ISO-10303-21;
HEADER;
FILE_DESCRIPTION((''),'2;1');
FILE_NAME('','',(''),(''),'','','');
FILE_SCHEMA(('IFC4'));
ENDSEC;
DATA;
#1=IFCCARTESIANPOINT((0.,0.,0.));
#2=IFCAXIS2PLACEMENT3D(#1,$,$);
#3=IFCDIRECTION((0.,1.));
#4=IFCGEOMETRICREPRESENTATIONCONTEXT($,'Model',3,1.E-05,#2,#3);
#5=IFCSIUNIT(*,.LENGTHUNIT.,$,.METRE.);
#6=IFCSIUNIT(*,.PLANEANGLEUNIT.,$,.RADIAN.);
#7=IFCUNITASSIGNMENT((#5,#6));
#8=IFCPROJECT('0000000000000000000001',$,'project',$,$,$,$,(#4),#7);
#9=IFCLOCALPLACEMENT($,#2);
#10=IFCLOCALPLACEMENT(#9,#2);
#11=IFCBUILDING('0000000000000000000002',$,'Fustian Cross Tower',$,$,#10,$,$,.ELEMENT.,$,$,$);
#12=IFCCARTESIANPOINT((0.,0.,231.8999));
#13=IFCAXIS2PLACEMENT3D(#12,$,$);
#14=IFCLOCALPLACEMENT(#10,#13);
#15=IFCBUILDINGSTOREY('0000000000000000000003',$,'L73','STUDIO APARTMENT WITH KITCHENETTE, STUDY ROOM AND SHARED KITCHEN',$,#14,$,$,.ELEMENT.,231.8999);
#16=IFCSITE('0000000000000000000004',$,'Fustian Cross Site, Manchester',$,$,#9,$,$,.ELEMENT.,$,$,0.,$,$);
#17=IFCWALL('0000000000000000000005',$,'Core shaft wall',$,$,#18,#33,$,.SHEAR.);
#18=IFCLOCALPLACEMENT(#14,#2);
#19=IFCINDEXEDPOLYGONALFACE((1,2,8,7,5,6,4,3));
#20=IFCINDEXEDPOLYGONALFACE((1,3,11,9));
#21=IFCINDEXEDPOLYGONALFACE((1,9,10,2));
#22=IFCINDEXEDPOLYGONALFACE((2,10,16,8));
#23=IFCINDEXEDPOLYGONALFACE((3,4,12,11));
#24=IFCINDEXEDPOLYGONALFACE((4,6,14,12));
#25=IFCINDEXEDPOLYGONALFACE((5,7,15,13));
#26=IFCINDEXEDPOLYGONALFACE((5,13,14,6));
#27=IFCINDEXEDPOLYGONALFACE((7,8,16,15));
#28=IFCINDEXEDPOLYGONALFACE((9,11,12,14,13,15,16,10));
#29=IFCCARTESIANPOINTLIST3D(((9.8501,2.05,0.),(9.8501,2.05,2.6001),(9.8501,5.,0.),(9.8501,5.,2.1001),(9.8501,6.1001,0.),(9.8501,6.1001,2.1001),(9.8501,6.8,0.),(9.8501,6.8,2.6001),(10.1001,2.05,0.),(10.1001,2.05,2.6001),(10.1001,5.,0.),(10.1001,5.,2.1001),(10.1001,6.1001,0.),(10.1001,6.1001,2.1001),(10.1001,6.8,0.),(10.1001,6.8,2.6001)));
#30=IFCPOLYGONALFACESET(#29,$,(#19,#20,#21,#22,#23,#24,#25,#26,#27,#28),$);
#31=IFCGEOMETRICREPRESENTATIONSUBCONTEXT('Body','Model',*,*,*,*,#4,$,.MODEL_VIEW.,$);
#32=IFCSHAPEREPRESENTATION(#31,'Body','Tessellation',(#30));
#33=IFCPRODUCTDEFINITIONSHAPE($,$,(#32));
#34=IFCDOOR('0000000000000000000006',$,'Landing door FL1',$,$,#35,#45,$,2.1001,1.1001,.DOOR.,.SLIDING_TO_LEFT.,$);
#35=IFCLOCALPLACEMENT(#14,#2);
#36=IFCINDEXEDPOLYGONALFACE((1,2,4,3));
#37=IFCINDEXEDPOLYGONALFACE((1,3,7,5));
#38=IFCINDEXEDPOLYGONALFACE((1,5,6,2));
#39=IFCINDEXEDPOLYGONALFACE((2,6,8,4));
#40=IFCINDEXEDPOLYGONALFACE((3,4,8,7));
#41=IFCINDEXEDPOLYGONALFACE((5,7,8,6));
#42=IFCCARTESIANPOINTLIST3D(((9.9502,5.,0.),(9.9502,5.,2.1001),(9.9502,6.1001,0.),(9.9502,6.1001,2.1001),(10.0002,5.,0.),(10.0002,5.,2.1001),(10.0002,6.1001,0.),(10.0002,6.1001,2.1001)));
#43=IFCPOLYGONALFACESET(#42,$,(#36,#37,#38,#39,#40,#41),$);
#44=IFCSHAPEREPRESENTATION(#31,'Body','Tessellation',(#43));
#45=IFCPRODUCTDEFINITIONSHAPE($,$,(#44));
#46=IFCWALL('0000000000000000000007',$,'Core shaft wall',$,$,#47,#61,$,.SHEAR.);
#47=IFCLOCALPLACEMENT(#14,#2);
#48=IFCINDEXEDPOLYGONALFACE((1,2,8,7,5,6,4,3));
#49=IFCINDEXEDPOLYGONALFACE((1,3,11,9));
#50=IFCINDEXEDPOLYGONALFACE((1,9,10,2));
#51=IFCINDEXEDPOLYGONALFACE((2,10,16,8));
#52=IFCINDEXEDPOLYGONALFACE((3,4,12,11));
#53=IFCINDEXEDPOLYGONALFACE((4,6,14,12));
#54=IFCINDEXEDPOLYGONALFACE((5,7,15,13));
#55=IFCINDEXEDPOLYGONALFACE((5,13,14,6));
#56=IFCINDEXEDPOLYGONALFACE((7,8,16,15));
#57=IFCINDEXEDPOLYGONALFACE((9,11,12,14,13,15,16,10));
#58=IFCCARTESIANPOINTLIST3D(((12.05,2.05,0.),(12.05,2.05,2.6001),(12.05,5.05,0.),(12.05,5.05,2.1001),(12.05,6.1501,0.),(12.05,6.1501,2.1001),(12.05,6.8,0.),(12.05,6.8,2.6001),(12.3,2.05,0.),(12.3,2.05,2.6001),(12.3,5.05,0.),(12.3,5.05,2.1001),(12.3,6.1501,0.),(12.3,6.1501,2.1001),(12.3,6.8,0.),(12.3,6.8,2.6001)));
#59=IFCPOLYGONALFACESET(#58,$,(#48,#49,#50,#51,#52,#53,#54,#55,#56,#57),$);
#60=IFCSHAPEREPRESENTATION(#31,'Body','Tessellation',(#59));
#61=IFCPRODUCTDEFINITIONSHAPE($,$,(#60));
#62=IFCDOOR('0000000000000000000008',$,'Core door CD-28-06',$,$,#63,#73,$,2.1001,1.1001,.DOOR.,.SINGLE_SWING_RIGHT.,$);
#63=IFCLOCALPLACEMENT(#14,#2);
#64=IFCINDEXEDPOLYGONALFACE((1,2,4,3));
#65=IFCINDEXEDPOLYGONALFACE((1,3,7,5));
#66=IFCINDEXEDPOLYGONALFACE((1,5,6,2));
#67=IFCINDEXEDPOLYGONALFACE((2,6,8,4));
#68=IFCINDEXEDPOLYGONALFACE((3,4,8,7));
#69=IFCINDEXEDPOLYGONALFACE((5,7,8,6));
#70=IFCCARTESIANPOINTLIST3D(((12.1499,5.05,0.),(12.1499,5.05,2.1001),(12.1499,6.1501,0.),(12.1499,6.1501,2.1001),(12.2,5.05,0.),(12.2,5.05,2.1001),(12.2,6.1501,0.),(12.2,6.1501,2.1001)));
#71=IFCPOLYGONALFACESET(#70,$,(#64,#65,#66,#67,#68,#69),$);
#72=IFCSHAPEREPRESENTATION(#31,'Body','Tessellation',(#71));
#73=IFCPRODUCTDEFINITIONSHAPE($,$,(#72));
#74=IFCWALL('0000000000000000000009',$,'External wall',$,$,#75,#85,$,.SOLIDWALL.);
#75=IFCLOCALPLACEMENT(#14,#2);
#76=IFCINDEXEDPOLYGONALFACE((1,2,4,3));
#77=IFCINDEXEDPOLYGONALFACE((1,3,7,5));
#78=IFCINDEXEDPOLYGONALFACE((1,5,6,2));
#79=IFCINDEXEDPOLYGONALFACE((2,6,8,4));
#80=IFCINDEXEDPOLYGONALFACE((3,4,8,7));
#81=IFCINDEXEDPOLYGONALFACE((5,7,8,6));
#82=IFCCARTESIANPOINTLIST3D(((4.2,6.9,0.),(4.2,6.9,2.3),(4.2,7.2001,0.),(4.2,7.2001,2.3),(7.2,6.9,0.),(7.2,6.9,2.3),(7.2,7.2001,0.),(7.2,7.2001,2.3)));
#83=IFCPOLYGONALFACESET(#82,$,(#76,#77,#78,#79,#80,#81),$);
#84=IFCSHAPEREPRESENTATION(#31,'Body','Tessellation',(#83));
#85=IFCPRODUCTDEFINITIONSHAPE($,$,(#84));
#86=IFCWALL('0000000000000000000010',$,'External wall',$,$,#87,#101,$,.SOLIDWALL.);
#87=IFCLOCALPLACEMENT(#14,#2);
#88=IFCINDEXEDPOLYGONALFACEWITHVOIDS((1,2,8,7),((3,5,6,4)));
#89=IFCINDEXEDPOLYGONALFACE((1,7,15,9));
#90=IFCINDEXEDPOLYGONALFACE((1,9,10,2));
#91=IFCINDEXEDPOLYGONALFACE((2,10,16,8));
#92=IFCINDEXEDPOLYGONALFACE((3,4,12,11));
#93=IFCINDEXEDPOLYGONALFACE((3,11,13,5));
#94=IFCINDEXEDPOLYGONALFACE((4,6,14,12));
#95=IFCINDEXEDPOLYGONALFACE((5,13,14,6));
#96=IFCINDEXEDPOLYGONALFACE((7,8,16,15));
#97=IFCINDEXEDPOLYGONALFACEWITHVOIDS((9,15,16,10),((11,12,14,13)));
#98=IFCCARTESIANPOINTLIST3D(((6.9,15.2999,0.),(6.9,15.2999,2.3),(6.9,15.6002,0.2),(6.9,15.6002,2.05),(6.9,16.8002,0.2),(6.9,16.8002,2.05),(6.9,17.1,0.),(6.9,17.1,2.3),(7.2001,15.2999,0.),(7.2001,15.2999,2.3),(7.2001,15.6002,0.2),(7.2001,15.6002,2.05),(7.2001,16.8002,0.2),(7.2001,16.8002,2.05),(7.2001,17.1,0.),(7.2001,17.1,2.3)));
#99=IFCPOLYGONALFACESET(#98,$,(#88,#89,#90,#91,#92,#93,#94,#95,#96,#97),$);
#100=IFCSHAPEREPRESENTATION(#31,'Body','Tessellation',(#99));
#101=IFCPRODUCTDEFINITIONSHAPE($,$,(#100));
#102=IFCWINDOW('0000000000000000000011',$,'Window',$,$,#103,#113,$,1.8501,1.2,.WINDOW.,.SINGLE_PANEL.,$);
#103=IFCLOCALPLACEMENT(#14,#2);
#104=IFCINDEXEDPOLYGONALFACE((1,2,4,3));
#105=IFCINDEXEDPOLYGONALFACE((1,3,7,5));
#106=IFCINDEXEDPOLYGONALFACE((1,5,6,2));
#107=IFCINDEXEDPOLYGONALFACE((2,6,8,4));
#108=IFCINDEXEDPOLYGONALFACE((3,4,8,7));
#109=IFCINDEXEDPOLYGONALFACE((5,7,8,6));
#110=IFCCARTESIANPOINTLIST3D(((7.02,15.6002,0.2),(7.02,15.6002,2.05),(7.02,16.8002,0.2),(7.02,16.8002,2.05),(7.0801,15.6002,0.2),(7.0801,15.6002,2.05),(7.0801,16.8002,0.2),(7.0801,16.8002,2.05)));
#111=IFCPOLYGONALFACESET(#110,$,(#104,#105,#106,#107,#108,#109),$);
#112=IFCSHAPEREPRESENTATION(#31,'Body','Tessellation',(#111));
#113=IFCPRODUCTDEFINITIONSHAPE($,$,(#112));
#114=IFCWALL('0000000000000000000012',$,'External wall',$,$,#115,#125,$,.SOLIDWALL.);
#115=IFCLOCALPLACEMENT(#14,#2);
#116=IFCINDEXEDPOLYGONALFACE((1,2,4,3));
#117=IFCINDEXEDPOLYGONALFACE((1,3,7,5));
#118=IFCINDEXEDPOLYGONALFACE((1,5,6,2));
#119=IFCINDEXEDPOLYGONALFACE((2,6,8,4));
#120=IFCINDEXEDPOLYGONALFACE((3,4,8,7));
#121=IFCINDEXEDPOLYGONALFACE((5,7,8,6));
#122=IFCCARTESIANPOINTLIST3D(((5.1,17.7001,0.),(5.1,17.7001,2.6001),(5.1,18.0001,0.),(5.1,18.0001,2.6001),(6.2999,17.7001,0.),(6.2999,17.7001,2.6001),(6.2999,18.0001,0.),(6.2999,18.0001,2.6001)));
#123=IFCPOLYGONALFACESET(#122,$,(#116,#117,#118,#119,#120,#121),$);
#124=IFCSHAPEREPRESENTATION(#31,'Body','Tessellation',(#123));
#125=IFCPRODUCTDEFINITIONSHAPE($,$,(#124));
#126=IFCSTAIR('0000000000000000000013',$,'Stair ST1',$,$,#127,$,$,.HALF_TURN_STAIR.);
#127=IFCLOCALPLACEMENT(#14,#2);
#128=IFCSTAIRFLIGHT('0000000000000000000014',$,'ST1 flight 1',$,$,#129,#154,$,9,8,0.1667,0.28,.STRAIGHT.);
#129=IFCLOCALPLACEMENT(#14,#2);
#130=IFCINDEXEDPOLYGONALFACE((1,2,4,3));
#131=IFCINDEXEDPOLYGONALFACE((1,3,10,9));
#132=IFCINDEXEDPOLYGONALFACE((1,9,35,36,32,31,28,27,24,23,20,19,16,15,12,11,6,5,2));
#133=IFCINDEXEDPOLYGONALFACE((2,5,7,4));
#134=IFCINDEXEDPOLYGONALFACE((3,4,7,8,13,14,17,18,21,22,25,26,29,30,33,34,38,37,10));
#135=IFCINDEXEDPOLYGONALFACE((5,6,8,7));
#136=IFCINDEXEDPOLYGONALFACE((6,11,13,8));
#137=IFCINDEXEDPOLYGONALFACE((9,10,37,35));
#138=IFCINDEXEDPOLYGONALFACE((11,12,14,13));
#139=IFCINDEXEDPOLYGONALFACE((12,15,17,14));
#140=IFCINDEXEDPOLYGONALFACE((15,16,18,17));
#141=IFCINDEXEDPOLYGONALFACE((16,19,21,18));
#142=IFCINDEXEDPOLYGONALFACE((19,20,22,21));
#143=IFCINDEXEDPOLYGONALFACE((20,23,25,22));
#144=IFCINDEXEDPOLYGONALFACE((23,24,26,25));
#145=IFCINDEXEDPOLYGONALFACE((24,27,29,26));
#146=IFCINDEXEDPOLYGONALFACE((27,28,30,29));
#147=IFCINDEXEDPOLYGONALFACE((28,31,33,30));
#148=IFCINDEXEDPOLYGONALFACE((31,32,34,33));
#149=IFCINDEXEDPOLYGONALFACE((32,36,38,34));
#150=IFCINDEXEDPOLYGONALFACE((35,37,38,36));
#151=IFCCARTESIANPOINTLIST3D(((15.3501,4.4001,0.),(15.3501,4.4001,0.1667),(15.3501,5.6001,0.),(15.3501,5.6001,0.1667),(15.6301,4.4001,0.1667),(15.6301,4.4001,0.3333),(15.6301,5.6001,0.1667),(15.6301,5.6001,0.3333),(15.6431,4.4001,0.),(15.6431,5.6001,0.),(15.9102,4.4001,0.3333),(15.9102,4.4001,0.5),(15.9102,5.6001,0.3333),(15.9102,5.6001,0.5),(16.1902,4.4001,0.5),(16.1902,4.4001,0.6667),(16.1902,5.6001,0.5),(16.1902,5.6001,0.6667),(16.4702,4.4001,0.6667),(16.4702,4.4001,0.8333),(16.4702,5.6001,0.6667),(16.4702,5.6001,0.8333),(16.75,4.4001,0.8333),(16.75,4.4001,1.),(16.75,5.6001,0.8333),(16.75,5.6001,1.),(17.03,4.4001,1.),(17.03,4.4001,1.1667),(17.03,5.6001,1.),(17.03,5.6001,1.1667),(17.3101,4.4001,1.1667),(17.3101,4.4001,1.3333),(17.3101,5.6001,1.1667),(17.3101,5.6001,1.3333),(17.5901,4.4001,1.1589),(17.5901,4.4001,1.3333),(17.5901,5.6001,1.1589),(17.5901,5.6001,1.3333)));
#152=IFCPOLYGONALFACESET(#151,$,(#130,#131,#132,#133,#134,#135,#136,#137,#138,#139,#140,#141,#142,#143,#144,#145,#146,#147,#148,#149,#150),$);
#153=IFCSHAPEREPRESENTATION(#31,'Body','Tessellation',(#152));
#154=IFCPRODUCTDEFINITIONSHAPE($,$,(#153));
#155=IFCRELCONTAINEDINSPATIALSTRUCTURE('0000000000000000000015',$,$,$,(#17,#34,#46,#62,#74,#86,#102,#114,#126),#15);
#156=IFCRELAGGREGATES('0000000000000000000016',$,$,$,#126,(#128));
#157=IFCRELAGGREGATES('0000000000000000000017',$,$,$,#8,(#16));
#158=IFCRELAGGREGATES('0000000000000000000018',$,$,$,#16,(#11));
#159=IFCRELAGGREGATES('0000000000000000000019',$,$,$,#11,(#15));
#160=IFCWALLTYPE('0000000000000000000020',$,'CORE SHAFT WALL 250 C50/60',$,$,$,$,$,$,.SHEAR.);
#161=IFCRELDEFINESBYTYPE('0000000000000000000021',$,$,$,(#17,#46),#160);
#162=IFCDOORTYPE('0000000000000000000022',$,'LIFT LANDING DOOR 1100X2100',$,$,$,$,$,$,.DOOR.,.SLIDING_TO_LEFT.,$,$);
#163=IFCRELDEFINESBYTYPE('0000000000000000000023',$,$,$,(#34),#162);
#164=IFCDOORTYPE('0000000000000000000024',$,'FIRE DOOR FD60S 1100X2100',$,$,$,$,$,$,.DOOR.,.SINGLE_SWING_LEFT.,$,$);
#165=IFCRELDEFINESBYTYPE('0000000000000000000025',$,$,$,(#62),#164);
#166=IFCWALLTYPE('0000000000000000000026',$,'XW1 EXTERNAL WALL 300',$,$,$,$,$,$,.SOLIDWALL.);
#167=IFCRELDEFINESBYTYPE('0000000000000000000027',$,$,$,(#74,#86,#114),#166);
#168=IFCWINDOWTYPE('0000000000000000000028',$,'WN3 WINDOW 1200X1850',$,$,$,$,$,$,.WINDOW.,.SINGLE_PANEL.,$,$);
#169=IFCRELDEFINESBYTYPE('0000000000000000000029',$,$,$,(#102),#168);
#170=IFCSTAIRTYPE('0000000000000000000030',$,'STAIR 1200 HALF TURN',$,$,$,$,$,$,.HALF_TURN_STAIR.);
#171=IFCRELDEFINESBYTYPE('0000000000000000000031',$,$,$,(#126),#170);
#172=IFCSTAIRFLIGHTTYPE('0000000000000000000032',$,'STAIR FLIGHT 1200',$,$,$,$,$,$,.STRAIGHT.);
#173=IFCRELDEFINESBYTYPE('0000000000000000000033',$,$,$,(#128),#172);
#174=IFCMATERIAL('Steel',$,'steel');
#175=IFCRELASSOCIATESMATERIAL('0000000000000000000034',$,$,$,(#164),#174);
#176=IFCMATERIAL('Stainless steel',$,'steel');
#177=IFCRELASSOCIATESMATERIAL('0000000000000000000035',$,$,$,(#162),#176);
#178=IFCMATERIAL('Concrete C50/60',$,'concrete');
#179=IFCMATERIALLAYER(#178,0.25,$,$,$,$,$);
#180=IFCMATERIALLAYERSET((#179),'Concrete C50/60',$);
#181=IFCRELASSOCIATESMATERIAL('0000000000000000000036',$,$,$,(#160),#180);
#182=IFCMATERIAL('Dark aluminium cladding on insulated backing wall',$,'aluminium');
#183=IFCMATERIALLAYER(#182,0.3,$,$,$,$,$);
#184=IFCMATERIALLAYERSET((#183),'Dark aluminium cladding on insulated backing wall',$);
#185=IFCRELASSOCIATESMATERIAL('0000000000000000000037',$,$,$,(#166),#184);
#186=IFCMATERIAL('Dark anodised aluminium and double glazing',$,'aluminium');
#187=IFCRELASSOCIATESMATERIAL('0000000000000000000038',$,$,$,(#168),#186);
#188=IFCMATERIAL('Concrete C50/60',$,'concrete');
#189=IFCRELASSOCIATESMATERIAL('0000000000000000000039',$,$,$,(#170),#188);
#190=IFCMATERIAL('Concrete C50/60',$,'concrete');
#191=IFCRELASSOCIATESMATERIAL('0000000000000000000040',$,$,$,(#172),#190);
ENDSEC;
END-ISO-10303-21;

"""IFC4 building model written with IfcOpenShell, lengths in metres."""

from ifc_helpers import new_model, si_unit, direction, frame, frame_2d, origin, place, context, subcontext, project, spatial, polyline, rectangle, outline, extrude, material, layer, layer_set, type_object, element, fill, aggregate, save


model = new_model("IFC4")

# Units and contexts
model_context = context("Model", 3, precision=1e-05, world=origin(), true_north=direction((0.0, 1.0)))
body_context = subcontext(model_context, "Body", "Model", "MODEL_VIEW")
ifc_project = project(units=[si_unit("LENGTHUNIT", "METRE"), si_unit("PLANEANGLEUNIT", "RADIAN")], contexts=[model_context])

# Site, building, storey
site_placement = place(None, origin())
site = spatial("IfcSite", under=ifc_project, at=site_placement, Name="Fustian Cross Site, Manchester", CompositionType="ELEMENT", RefElevation=0.0)
building_placement = place(site_placement, origin())
building = spatial("IfcBuilding", under=site, at=building_placement, Name="Fustian Cross Tower", CompositionType="ELEMENT")
storey_placement = place(building_placement, frame((0.0, 0.0, 231.8999)))
storey = spatial("IfcBuildingStorey", under=building, at=storey_placement, Name="L73", Description="STUDIO APARTMENT WITH KITCHENETTE, STUDY ROOM AND SHARED KITCHEN", CompositionType="ELEMENT", Elevation=231.8999)

# Shared definitions
ifc_material_1 = material(Name="Steel", Category="steel")
door_type_1 = type_object("IfcDoorType", Name="FIRE DOOR FD60S 1100X2100", OperationType="SINGLE_SWING_LEFT", PredefinedType="DOOR", material=ifc_material_1)
ifc_material_2 = material(Name="Stainless steel", Category="steel")
door_type_2 = type_object("IfcDoorType", Name="LIFT LANDING DOOR 1100X2100", OperationType="SLIDING_TO_LEFT", PredefinedType="DOOR", material=ifc_material_2)

# Shared definitions
ifc_material_3 = material(Name="Concrete C50/60", Category="concrete")
ifc_layer_1 = layer(ifc_material_3, 0.25)
ifc_layer_set_1 = layer_set([ifc_layer_1], Name="Concrete C50/60")
wall_type_1 = type_object("IfcWallType", Name="CORE SHAFT WALL 250 C50/60", PredefinedType="SHEAR", material=ifc_layer_set_1)

# Walls, openings, doors
wall_1_placement = place(storey_placement, frame((9.9751, 2.05, 0.0), z_axis=(0.0, 0.0, 1.0), x_axis=(0.0, 1.0, 0.0)))
wall_1 = element("IfcWall", 1, at=wall_1_placement, inside=storey, type_object=wall_type_1, Name="Core shaft wall", PredefinedType="SHEAR", context=body_context, shape_type="SweptSolid", body=[
    extrude(rectangle(XDim=4.75, YDim=0.25, at=frame_2d((2.375, 0.0))), origin(), (0.0, 0.0, 1.0), 2.6001),
])
opening_1_placement = place(wall_1_placement, frame((2.95, 0.0, 0.0)))
opening_1 = element("IfcOpeningElement", 2, at=opening_1_placement, cuts=wall_1, PredefinedType="OPENING", context=body_context, shape_type="SweptSolid", body=[
    extrude(rectangle(XDim=1.1001, YDim=2.1001, at=frame_2d((0.55, 1.05))), frame((0.0, 0.135, 0.0), z_axis=(0.0, -1.0, 0.0), x_axis=(1.0, 0.0, 0.0)), (0.0, 0.0, 1.0), 0.27),
])
door_1_placement = place(opening_1_placement, origin())
door_1 = element("IfcDoor", 3, at=door_1_placement, inside=storey, type_object=door_type_2, Name="Landing door FL1", OperationType="SLIDING_TO_LEFT", OverallHeight=2.1001, OverallWidth=1.1001, PredefinedType="DOOR", context=body_context, shape_type="SweptSolid", body=[
    extrude(rectangle(XDim=1.1001, YDim=2.1001, at=frame_2d((0.55, 1.05))), frame((0.0, 0.0249, 0.0), z_axis=(0.0, -1.0, 0.0), x_axis=(1.0, 0.0, 0.0)), (0.0, 0.0, 1.0), 0.05),
])
fill(opening_1, door_1)
wall_2_placement = place(storey_placement, frame((12.175, 2.05, 0.0), z_axis=(0.0, 0.0, 1.0), x_axis=(0.0, 1.0, 0.0)))
wall_2 = element("IfcWall", 4, at=wall_2_placement, inside=storey, type_object=wall_type_1, Name="Core shaft wall", PredefinedType="SHEAR", context=body_context, shape_type="SweptSolid", body=[
    extrude(rectangle(XDim=4.75, YDim=0.25, at=frame_2d((2.375, 0.0))), origin(), (0.0, 0.0, 1.0), 2.6001),
])
opening_2_placement = place(wall_2_placement, frame((3.0, 0.0, 0.0)))
opening_2 = element("IfcOpeningElement", 5, at=opening_2_placement, cuts=wall_2, PredefinedType="OPENING", context=body_context, shape_type="SweptSolid", body=[
    extrude(rectangle(XDim=1.1001, YDim=2.1001, at=frame_2d((0.55, 1.05))), frame((0.0, 0.135, 0.0), z_axis=(0.0, -1.0, 0.0), x_axis=(1.0, 0.0, 0.0)), (0.0, 0.0, 1.0), 0.27),
])
door_2_placement = place(opening_2_placement, frame((1.1001, 0.0, 0.0), z_axis=(0.0, 0.0, 1.0), x_axis=(-1.0, 0.0, 0.0)))
door_2 = element("IfcDoor", 6, at=door_2_placement, inside=storey, type_object=door_type_1, Name="Core door CD-28-06", OperationType="SINGLE_SWING_RIGHT", OverallHeight=2.1001, OverallWidth=1.1001, PredefinedType="DOOR", context=body_context, shape_type="SweptSolid", body=[
    extrude(rectangle(XDim=1.1001, YDim=2.1001, at=frame_2d((0.55, 1.05))), frame((0.0, 0.0249, 0.0), z_axis=(0.0, -1.0, 0.0), x_axis=(1.0, 0.0, 0.0)), (0.0, 0.0, 1.0), 0.05),
])
fill(opening_2, door_2)

# Wall
ifc_material_4 = material(Name="Dark aluminium cladding on insulated backing wall", Category="aluminium")
ifc_layer_2 = layer(ifc_material_4, 0.3)
ifc_layer_set_2 = layer_set([ifc_layer_2], Name="Dark aluminium cladding on insulated backing wall")
wall_type_2 = type_object("IfcWallType", Name="XW1 EXTERNAL WALL 300", PredefinedType="SOLIDWALL", material=ifc_layer_set_2)
wall_3_placement = place(storey_placement, frame((7.2, 7.05, 0.0), z_axis=(0.0, 0.0, 1.0), x_axis=(-1.0, 0.0, 0.0)))
element("IfcWall", 7, at=wall_3_placement, inside=storey, type_object=wall_type_2, Name="External wall", PredefinedType="SOLIDWALL", context=body_context, shape_type="SweptSolid", body=[
    extrude(rectangle(XDim=3.0, YDim=0.3, at=frame_2d((1.5, 0.0))), origin(), (0.0, 0.0, 1.0), 2.3),
])

# Wall, opening, window
wall_4_placement = place(storey_placement, frame((7.05, 15.3, 0.0), z_axis=(0.0, 0.0, 1.0), x_axis=(0.0, 1.0, 0.0)))
wall_4 = element("IfcWall", 8, at=wall_4_placement, inside=storey, type_object=wall_type_2, Name="External wall", PredefinedType="SOLIDWALL", context=body_context, shape_type="SweptSolid", body=[
    extrude(rectangle(XDim=1.8, YDim=0.3, at=frame_2d((0.8999, 0.0))), origin(), (0.0, 0.0, 1.0), 2.3),
])
opening_3_placement = place(wall_4_placement, frame((0.3, 0.0, 0.2)))
opening_3 = element("IfcOpeningElement", 9, at=opening_3_placement, cuts=wall_4, PredefinedType="OPENING", context=body_context, shape_type="SweptSolid", body=[
    extrude(rectangle(XDim=1.2, YDim=1.8501, at=frame_2d((0.6001, 0.925))), frame((0.0, 0.1599, 0.0), z_axis=(0.0, -1.0, 0.0), x_axis=(1.0, 0.0, 0.0)), (0.0, 0.0, 1.0), 0.3201),
])
ifc_material_5 = material(Name="Dark anodised aluminium and double glazing", Category="aluminium")
window_type = type_object("IfcWindowType", Name="WN3 WINDOW 1200X1850", PartitioningType="SINGLE_PANEL", PredefinedType="WINDOW", material=ifc_material_5)
window_placement = place(opening_3_placement, origin())
window = element("IfcWindow", 10, at=window_placement, inside=storey, type_object=window_type, Name="Window", OverallHeight=1.8501, OverallWidth=1.2, PartitioningType="SINGLE_PANEL", PredefinedType="WINDOW", context=body_context, shape_type="SweptSolid", body=[
    extrude(rectangle(XDim=1.2, YDim=1.8501, at=frame_2d((0.6001, 0.925))), frame((0.0, 0.03, 0.0), z_axis=(0.0, -1.0, 0.0), x_axis=(1.0, 0.0, 0.0)), (0.0, 0.0, 1.0), 0.0601),
])
fill(opening_3, window)

# Wall
wall_5_placement = place(storey_placement, frame((6.3, 17.8501, 0.0), z_axis=(0.0, 0.0, 1.0), x_axis=(-1.0, 0.0, 0.0)))
element("IfcWall", 11, at=wall_5_placement, inside=storey, type_object=wall_type_2, Name="External wall", PredefinedType="SOLIDWALL", context=body_context, shape_type="SweptSolid", body=[
    extrude(rectangle(XDim=1.2, YDim=0.3, at=frame_2d((0.6001, 0.0))), origin(), (0.0, 0.0, 1.0), 2.6001),
])

# Stair, stair flight
ifc_material_6 = material(Name="Concrete C50/60", Category="concrete")
stair_type = type_object("IfcStairType", Name="STAIR 1200 HALF TURN", PredefinedType="HALF_TURN_STAIR", material=ifc_material_6)
stair_placement = place(storey_placement, origin())
stair = element("IfcStair", 12, at=stair_placement, inside=storey, type_object=stair_type, Name="Stair ST1", PredefinedType="HALF_TURN_STAIR")
ifc_material_7 = material(Name="Concrete C50/60", Category="concrete")
stair_flight_type = type_object("IfcStairFlightType", Name="STAIR FLIGHT 1200", PredefinedType="STRAIGHT", material=ifc_material_7)
stair_flight_placement = place(storey_placement, frame((15.3501, 5.0, 0.0), z_axis=(0.0, 0.0, 1.0), x_axis=(1.0, 0.0, 0.0)))
stair_flight = element("IfcStairFlight", 13, at=stair_flight_placement, type_object=stair_flight_type, Name="ST1 flight 1", NumberOfRisers=9, NumberOfTreads=8, PredefinedType="STRAIGHT", RiserHeight=0.1667, TreadLength=0.28, context=body_context, shape_type="SweptSolid", body=[
    extrude(outline(polyline([(0.0, 0.0), (0.0, 0.1667), (0.28, 0.1667), (0.28, 0.3333), (0.5601, 0.3333), (0.5601, 0.5), (0.8401, 0.5), (0.8401, 0.6667), (1.1201, 0.6667), (1.1201, 0.8333), (1.3999, 0.8333), (1.3999, 1.0), (1.6799, 1.0), (1.6799, 1.1667), (1.96, 1.1667), (1.96, 1.3333), (2.24, 1.3333), (2.24, 1.5), (2.24, 1.1589), (0.293, 0.0), (0.0, 0.0)])), frame((0.0, 0.6001, 0.0), z_axis=(0.0, -1.0, 0.0), x_axis=(1.0, 0.0, 0.0)), (0.0, 0.0, 1.0), 1.2),
])
aggregate(stair, [stair_flight])

save(model, "model.ifc")
